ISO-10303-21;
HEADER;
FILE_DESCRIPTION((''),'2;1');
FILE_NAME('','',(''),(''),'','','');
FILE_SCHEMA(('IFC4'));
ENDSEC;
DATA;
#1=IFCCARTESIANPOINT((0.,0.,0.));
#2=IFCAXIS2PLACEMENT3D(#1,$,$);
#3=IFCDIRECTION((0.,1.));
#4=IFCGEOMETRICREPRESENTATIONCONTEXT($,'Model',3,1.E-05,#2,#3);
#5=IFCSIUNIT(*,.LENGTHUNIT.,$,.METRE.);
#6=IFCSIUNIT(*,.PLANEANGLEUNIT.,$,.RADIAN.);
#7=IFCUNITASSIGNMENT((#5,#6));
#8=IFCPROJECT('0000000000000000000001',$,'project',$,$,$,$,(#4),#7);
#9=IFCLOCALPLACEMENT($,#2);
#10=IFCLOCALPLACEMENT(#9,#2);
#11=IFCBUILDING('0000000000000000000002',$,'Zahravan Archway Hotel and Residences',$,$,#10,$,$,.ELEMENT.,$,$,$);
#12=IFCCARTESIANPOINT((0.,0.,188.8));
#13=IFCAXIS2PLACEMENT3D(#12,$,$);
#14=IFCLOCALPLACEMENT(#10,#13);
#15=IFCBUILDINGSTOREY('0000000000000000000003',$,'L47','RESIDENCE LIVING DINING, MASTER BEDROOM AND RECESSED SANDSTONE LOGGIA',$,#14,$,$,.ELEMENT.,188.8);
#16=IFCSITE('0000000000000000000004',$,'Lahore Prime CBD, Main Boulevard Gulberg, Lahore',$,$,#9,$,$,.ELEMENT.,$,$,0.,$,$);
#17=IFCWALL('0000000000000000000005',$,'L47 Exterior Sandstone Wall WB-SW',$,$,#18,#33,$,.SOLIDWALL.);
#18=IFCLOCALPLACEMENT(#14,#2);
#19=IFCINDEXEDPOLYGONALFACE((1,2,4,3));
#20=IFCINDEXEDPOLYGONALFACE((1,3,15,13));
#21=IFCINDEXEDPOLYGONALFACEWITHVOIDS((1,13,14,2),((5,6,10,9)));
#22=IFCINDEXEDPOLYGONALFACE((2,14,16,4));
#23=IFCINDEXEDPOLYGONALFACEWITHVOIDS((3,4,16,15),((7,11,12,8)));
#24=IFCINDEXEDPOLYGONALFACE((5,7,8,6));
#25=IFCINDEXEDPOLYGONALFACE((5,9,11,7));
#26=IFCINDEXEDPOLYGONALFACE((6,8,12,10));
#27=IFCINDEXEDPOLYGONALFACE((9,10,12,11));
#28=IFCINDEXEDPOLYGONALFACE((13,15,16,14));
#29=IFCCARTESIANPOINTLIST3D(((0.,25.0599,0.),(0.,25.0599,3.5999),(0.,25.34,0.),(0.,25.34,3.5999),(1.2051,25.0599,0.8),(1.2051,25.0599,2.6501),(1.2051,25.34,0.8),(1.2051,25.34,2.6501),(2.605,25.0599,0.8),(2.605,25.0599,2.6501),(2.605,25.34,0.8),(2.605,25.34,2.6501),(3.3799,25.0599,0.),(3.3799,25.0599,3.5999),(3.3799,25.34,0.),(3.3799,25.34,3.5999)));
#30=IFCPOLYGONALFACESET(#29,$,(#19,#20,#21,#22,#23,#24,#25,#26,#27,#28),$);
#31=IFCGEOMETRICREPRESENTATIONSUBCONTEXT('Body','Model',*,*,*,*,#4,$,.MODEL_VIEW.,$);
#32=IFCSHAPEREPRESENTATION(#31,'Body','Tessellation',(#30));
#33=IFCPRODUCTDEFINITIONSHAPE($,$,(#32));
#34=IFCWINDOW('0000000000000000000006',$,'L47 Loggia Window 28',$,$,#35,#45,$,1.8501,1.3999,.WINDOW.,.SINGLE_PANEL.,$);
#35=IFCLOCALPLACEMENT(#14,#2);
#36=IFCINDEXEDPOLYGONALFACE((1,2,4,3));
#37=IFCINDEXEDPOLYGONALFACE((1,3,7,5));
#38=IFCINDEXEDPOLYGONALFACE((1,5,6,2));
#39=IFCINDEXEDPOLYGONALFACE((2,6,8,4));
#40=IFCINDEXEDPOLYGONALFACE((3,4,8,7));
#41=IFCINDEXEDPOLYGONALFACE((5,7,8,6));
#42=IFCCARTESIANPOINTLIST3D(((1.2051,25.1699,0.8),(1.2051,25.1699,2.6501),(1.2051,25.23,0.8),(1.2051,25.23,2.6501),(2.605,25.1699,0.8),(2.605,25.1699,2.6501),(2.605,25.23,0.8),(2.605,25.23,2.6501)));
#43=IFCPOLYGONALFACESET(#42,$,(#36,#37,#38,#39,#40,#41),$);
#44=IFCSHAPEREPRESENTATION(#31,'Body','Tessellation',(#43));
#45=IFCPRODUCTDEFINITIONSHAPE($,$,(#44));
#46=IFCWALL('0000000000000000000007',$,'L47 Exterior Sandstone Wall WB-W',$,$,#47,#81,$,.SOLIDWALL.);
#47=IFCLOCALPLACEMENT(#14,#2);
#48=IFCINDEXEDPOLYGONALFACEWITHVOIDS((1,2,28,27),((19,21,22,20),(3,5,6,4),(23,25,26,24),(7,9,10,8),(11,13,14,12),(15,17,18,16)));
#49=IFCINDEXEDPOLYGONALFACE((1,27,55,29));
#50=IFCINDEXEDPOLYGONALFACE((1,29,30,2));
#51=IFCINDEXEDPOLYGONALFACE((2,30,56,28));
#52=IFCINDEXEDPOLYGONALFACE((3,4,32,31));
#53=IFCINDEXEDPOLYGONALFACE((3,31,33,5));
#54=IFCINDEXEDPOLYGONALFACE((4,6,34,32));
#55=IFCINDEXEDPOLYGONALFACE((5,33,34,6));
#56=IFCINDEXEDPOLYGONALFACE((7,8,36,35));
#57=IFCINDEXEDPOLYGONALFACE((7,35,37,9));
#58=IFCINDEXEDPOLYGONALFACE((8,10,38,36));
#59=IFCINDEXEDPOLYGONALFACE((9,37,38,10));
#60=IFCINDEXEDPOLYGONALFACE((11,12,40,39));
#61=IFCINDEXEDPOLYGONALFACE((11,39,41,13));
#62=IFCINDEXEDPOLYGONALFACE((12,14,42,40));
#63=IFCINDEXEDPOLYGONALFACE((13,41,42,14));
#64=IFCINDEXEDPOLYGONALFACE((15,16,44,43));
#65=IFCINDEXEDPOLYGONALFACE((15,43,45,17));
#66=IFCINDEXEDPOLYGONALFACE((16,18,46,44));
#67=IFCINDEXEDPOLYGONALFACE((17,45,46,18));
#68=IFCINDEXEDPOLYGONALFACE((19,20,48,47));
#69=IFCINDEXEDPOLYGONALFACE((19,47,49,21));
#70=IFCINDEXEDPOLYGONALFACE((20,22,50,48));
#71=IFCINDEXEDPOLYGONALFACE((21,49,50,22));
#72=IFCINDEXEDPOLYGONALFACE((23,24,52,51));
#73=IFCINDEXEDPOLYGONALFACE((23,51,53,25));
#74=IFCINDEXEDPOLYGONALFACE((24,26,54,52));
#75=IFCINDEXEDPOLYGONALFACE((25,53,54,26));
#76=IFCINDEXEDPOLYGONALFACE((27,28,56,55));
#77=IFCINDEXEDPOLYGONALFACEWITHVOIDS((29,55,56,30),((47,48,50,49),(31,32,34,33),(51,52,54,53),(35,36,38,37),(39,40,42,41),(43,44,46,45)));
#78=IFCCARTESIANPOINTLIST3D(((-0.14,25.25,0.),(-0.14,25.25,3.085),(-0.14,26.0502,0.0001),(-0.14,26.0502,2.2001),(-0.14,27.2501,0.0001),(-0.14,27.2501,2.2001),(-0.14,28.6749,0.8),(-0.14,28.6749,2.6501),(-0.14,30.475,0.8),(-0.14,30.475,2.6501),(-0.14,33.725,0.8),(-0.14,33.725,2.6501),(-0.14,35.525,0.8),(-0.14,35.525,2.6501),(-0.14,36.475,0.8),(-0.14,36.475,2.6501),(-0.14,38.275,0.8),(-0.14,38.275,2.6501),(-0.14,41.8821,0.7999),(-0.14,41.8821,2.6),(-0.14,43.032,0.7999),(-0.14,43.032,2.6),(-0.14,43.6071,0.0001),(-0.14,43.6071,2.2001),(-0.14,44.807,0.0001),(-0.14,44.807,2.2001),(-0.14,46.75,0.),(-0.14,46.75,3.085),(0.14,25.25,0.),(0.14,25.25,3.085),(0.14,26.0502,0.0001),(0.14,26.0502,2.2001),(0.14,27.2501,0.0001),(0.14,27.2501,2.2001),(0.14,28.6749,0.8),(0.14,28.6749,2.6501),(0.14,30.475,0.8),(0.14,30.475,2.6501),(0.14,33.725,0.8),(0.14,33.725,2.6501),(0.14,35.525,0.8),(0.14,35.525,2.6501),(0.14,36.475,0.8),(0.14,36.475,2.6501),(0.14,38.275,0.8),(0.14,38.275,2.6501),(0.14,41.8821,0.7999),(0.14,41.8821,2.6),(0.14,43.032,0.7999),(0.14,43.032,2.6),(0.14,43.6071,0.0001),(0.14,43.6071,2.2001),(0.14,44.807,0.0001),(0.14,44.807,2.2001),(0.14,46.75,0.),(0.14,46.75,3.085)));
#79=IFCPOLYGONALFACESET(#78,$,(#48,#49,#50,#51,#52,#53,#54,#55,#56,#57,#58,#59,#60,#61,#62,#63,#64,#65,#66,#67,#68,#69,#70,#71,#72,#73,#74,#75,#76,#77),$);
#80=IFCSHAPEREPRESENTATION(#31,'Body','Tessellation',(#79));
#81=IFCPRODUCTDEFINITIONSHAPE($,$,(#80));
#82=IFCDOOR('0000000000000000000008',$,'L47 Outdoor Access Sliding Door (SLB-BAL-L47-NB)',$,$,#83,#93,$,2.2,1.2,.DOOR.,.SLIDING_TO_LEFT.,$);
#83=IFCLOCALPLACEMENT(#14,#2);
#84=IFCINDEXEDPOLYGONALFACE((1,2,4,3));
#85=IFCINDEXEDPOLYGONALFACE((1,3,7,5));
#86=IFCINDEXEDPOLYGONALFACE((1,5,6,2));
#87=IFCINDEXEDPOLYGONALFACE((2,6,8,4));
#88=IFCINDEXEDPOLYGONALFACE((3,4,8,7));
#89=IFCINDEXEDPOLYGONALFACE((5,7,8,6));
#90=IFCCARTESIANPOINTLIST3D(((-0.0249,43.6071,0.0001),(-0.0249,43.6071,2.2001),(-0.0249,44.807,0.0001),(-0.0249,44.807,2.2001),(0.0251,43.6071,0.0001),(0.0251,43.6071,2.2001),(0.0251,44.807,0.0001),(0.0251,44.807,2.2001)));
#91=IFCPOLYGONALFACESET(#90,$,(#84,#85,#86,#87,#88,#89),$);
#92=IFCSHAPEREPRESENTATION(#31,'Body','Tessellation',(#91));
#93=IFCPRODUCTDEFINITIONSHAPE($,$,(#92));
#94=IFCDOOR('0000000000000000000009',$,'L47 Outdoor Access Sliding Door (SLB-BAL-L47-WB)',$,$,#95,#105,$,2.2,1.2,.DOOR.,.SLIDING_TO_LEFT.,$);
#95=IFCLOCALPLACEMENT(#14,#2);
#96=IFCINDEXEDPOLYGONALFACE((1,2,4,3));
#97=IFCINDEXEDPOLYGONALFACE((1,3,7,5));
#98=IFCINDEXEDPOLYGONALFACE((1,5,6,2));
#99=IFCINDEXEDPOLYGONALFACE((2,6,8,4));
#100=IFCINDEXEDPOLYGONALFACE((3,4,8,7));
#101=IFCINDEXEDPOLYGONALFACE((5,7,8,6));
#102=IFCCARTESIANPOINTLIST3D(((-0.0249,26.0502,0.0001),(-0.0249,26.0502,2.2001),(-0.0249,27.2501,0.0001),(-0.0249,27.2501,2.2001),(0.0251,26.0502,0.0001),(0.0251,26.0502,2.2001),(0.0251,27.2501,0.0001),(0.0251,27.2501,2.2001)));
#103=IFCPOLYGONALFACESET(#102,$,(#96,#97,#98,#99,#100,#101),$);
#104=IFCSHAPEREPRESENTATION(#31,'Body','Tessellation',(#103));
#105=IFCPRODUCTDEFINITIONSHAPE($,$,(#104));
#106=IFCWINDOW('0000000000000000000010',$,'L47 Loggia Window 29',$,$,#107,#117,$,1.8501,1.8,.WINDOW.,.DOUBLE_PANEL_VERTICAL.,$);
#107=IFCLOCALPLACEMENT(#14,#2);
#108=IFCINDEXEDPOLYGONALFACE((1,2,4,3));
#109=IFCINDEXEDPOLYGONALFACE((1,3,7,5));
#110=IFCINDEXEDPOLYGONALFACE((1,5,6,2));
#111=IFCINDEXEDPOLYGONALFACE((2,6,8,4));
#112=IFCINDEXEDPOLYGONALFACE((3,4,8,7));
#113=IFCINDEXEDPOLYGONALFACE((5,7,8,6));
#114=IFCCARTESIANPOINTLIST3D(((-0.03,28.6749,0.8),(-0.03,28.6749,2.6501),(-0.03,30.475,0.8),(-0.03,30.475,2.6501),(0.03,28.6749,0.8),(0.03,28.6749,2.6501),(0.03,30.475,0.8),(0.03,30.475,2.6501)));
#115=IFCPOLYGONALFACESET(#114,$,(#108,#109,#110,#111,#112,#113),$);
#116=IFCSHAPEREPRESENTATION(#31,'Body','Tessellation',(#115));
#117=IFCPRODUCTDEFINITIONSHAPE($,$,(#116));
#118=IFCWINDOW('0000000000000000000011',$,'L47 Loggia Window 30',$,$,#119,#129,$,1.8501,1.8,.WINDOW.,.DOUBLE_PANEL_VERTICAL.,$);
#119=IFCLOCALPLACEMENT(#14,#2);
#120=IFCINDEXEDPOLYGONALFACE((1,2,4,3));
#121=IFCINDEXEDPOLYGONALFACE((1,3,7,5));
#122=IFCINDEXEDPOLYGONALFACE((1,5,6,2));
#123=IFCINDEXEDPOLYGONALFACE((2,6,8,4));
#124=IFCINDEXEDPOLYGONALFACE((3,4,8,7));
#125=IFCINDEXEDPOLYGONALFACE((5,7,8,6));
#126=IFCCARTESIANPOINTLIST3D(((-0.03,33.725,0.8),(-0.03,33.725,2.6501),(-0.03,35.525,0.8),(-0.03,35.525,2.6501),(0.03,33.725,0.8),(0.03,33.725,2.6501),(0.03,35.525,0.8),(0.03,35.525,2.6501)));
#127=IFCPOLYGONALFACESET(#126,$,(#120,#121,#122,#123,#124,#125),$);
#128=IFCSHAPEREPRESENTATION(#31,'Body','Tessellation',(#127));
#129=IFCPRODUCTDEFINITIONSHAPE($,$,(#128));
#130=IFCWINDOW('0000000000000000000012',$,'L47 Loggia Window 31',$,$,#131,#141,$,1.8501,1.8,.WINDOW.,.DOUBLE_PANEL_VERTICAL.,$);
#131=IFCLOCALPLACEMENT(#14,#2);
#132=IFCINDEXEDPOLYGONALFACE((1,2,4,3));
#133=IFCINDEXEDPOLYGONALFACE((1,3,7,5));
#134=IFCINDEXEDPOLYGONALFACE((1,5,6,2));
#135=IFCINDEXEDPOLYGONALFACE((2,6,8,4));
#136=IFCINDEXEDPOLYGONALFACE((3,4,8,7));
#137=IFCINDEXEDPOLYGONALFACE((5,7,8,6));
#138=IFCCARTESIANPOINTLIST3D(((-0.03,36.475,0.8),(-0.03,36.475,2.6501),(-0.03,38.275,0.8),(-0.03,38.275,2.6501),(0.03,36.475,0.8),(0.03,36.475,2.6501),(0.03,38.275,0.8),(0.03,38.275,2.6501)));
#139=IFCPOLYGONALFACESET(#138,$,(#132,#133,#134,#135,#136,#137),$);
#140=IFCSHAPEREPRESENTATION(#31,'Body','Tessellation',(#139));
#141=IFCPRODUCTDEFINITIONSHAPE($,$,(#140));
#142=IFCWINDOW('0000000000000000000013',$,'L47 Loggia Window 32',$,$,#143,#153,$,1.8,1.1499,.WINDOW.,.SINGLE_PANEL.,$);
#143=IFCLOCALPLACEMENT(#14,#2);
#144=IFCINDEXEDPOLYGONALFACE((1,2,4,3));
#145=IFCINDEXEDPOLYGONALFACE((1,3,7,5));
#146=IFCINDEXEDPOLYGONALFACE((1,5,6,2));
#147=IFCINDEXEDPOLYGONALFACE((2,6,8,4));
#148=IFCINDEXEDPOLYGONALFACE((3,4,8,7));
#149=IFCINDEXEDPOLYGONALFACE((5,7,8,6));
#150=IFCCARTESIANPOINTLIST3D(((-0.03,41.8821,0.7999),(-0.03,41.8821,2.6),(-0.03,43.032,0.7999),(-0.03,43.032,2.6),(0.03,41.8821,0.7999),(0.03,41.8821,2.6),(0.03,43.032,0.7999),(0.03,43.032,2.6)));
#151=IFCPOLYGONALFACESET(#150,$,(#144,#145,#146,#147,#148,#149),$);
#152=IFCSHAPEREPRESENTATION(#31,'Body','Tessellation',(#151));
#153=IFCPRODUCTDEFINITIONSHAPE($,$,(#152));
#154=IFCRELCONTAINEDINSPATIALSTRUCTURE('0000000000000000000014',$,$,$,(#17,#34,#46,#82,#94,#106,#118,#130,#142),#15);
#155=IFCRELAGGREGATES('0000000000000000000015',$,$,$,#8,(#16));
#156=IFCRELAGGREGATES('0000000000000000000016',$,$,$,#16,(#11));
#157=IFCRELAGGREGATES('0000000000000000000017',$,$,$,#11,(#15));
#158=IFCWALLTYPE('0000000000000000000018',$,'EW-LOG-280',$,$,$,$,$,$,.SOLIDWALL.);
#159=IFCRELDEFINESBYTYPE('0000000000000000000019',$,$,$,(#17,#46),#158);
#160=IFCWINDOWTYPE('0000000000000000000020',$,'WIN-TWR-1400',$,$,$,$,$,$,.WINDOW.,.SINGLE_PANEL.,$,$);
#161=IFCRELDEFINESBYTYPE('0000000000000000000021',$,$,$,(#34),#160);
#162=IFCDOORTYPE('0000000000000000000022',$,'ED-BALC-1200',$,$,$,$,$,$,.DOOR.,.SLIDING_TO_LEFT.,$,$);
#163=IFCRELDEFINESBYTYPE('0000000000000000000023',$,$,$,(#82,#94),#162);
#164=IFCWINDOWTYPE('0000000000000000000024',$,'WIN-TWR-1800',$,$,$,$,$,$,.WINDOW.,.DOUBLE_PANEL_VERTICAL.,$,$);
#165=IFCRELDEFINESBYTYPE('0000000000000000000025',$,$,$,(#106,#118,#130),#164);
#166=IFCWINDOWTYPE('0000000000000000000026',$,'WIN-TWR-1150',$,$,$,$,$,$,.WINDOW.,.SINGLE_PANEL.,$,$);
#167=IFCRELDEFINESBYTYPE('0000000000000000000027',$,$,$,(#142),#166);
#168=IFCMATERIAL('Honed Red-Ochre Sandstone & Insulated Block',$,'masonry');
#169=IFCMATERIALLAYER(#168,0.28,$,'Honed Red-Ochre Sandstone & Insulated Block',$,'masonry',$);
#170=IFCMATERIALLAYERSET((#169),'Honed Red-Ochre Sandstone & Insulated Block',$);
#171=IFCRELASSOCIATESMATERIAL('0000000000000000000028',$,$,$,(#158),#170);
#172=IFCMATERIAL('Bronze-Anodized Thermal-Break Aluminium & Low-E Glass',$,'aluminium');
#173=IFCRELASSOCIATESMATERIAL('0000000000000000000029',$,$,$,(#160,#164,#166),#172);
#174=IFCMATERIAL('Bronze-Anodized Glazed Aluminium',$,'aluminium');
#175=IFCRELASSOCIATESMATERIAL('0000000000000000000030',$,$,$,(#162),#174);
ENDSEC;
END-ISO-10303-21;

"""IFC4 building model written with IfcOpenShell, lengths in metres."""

from ifc_helpers import new_model, si_unit, direction, frame, frame_2d, origin, place, context, subcontext, project, spatial, rectangle, extrude, source, transform, mapped, material, layer, layer_set, type_object, type_shapes, element, fill, save


model = new_model("IFC4")

# Units and contexts
model_context = context("Model", 3, precision=1e-05, world=origin(), true_north=direction((0.0, 1.0)))
body_context = subcontext(model_context, "Body", "Model", "MODEL_VIEW")
ifc_project = project(units=[si_unit("LENGTHUNIT", "METRE"), si_unit("PLANEANGLEUNIT", "RADIAN")], contexts=[model_context])

# Site, building, storey
site_placement = place(None, origin())
site = spatial("IfcSite", under=ifc_project, at=site_placement, Name="Lahore Prime CBD, Main Boulevard Gulberg, Lahore", CompositionType="ELEMENT", RefElevation=0.0)
building_placement = place(site_placement, origin())
building = spatial("IfcBuilding", under=site, at=building_placement, Name="Zahravan Archway Hotel and Residences", CompositionType="ELEMENT")
storey_placement = place(building_placement, frame((0.0, 0.0, 188.8)))
storey = spatial("IfcBuildingStorey", under=building, at=storey_placement, Name="L47", Description="RESIDENCE LIVING DINING, MASTER BEDROOM AND RECESSED SANDSTONE LOGGIA", CompositionType="ELEMENT", Elevation=188.8)

# Wall, opening, window
ifc_material_1 = material(Name="Honed Red-Ochre Sandstone & Insulated Block", Category="masonry")
ifc_layer_1 = layer(ifc_material_1, 0.28, Name="Honed Red-Ochre Sandstone & Insulated Block", Category="masonry")
ifc_layer_set_1 = layer_set([ifc_layer_1], Name="Honed Red-Ochre Sandstone & Insulated Block")
wall_type_1 = type_object("IfcWallType", Name="EW-LOG-280", PredefinedType="SOLIDWALL", material=ifc_layer_set_1)
wall_1_placement = place(storey_placement, frame((0.0, 25.2, 0.0), z_axis=(0.0, 0.0, 1.0), x_axis=(1.0, 0.0, 0.0)))
wall_1 = element("IfcWall", 1, at=wall_1_placement, inside=storey, type_object=wall_type_1, Name="L47 Exterior Sandstone Wall WB-SW", PredefinedType="SOLIDWALL", context=body_context, shape_type="SweptSolid", body=[
    extrude(rectangle(XDim=3.3799, YDim=0.28, at=frame_2d((1.6899, 0.0))), origin(), (0.0, 0.0, 1.0), 3.5999),
])
opening_1_placement = place(wall_1_placement, frame((1.2051, 0.0, 0.8)))
opening_1 = element("IfcOpeningElement", 2, at=opening_1_placement, cuts=wall_1, PredefinedType="OPENING", context=body_context, shape_type="SweptSolid", body=[
    extrude(rectangle(XDim=1.3999, YDim=1.8501, at=frame_2d((0.7, 0.925))), frame((0.0, 0.1499, 0.0), z_axis=(0.0, -1.0, 0.0), x_axis=(1.0, 0.0, 0.0)), (0.0, 0.0, 1.0), 0.3),
])
ifc_material_2 = material(Name="Bronze-Anodized Thermal-Break Aluminium & Low-E Glass", Category="aluminium")
window_type_1 = type_object("IfcWindowType", Name="WIN-TWR-1400", PartitioningType="SINGLE_PANEL", PredefinedType="WINDOW", material=ifc_material_2)
shared_shape_1 = source(origin(), body_context, "Body", "SweptSolid", [
    extrude(rectangle(XDim=1.3999, YDim=1.8501, at=frame_2d((0.7, 0.925))), frame((0.0, 0.03, 0.0), z_axis=(0.0, -1.0, 0.0), x_axis=(1.0, 0.0, 0.0)), (0.0, 0.0, 1.0), 0.0601),
])
type_shapes(window_type_1, [shared_shape_1])
window_1_placement = place(opening_1_placement, origin())
window_1 = element("IfcWindow", 3, at=window_1_placement, inside=storey, type_object=window_type_1, Name="L47 Loggia Window 28", OverallHeight=1.8501, OverallWidth=1.3999, PartitioningType="SINGLE_PANEL", PredefinedType="WINDOW", context=body_context, shape_type="MappedRepresentation", body=[
    mapped(shared_shape_1, transform((0.0, 0.0, 0.0), scale=1.0)),
])
fill(opening_1, window_1)

# Wall, openings, doors, windows
wall_2_placement = place(storey_placement, frame((0.0, 25.25, 0.0), z_axis=(0.0, 0.0, 1.0), x_axis=(0.0, 1.0, 0.0)))
wall_2 = element("IfcWall", 4, at=wall_2_placement, inside=storey, type_object=wall_type_1, Name="L47 Exterior Sandstone Wall WB-W", PredefinedType="SOLIDWALL", context=body_context, shape_type="SweptSolid", body=[
    extrude(rectangle(XDim=21.5, YDim=0.28, at=frame_2d((10.75, 0.0))), origin(), (0.0, 0.0, 1.0), 3.085),
])
opening_2_placement = place(wall_2_placement, frame((18.3569, 0.0, 0.0)))
opening_2 = element("IfcOpeningElement", 5, at=opening_2_placement, cuts=wall_2, PredefinedType="OPENING", context=body_context, shape_type="SweptSolid", body=[
    extrude(rectangle(XDim=1.2, YDim=2.2, at=frame_2d((0.6001, 1.1001))), frame((0.0, 0.1499, 0.0), z_axis=(0.0, -1.0, 0.0), x_axis=(1.0, 0.0, 0.0)), (0.0, 0.0, 1.0), 0.3),
])
opening_3_placement = place(wall_2_placement, frame((0.8, 0.0, 0.0)))
opening_3 = element("IfcOpeningElement", 6, at=opening_3_placement, cuts=wall_2, PredefinedType="OPENING", context=body_context, shape_type="SweptSolid", body=[
    extrude(rectangle(XDim=1.2, YDim=2.2, at=frame_2d((0.6001, 1.1001))), frame((0.0, 0.1499, 0.0), z_axis=(0.0, -1.0, 0.0), x_axis=(1.0, 0.0, 0.0)), (0.0, 0.0, 1.0), 0.3),
])
opening_4_placement = place(wall_2_placement, frame((3.425, 0.0, 0.8)))
opening_4 = element("IfcOpeningElement", 7, at=opening_4_placement, cuts=wall_2, PredefinedType="OPENING", context=body_context, shape_type="SweptSolid", body=[
    extrude(rectangle(XDim=1.8, YDim=1.8501, at=frame_2d((0.8999, 0.925))), frame((0.0, 0.1499, 0.0), z_axis=(0.0, -1.0, 0.0), x_axis=(1.0, 0.0, 0.0)), (0.0, 0.0, 1.0), 0.3),
])
opening_5_placement = place(wall_2_placement, frame((8.4751, 0.0, 0.8)))
opening_5 = element("IfcOpeningElement", 8, at=opening_5_placement, cuts=wall_2, PredefinedType="OPENING", context=body_context, shape_type="SweptSolid", body=[
    extrude(rectangle(XDim=1.8, YDim=1.8501, at=frame_2d((0.8999, 0.925))), frame((0.0, 0.1499, 0.0), z_axis=(0.0, -1.0, 0.0), x_axis=(1.0, 0.0, 0.0)), (0.0, 0.0, 1.0), 0.3),
])
opening_6_placement = place(wall_2_placement, frame((11.2251, 0.0, 0.8)))
opening_6 = element("IfcOpeningElement", 9, at=opening_6_placement, cuts=wall_2, PredefinedType="OPENING", context=body_context, shape_type="SweptSolid", body=[
    extrude(rectangle(XDim=1.8, YDim=1.8501, at=frame_2d((0.8999, 0.925))), frame((0.0, 0.1499, 0.0), z_axis=(0.0, -1.0, 0.0), x_axis=(1.0, 0.0, 0.0)), (0.0, 0.0, 1.0), 0.3),
])
opening_7_placement = place(wall_2_placement, frame((16.6321, 0.0, 0.8)))
opening_7 = element("IfcOpeningElement", 10, at=opening_7_placement, cuts=wall_2, PredefinedType="OPENING", context=body_context, shape_type="SweptSolid", body=[
    extrude(rectangle(XDim=1.1499, YDim=1.8, at=frame_2d((0.575, 0.8999))), frame((0.0, 0.1499, 0.0), z_axis=(0.0, -1.0, 0.0), x_axis=(1.0, 0.0, 0.0)), (0.0, 0.0, 1.0), 0.3),
])
ifc_material_3 = material(Name="Bronze-Anodized Glazed Aluminium", Category="aluminium")
door_type = type_object("IfcDoorType", Name="ED-BALC-1200", OperationType="SLIDING_TO_LEFT", PredefinedType="DOOR", material=ifc_material_3)
shared_shape_2 = source(origin(), body_context, "Body", "SweptSolid", [
    extrude(rectangle(XDim=1.2, YDim=2.2, at=frame_2d((0.6001, 1.1001))), frame((0.0, 0.0249, 0.0), z_axis=(0.0, -1.0, 0.0), x_axis=(1.0, 0.0, 0.0)), (0.0, 0.0, 1.0), 0.05),
])
type_shapes(door_type, [shared_shape_2])
door_1_placement = place(opening_2_placement, origin())
door_1 = element("IfcDoor", 11, at=door_1_placement, inside=storey, type_object=door_type, Name="L47 Outdoor Access Sliding Door (SLB-BAL-L47-NB)", OperationType="SLIDING_TO_LEFT", OverallHeight=2.2, OverallWidth=1.2, PredefinedType="DOOR", context=body_context, shape_type="MappedRepresentation", body=[
    mapped(shared_shape_2, transform((0.0, 0.0, 0.0), scale=1.0)),
])
fill(opening_2, door_1)
door_2_placement = place(opening_3_placement, origin())
door_2 = element("IfcDoor", 12, at=door_2_placement, inside=storey, type_object=door_type, Name="L47 Outdoor Access Sliding Door (SLB-BAL-L47-WB)", OperationType="SLIDING_TO_LEFT", OverallHeight=2.2, OverallWidth=1.2, PredefinedType="DOOR", context=body_context, shape_type="MappedRepresentation", body=[
    mapped(shared_shape_2, transform((0.0, 0.0, 0.0), scale=1.0)),
])
fill(opening_3, door_2)
window_type_2 = type_object("IfcWindowType", Name="WIN-TWR-1800", PartitioningType="DOUBLE_PANEL_VERTICAL", PredefinedType="WINDOW", material=ifc_material_2)
shared_shape_3 = source(origin(), body_context, "Body", "SweptSolid", [
    extrude(rectangle(XDim=1.8, YDim=1.8501, at=frame_2d((0.8999, 0.925))), frame((0.0, 0.03, 0.0), z_axis=(0.0, -1.0, 0.0), x_axis=(1.0, 0.0, 0.0)), (0.0, 0.0, 1.0), 0.0601),
])
type_shapes(window_type_2, [shared_shape_3])
window_2_placement = place(opening_4_placement, origin())
window_2 = element("IfcWindow", 13, at=window_2_placement, inside=storey, type_object=window_type_2, Name="L47 Loggia Window 29", OverallHeight=1.8501, OverallWidth=1.8, PartitioningType="DOUBLE_PANEL_VERTICAL", PredefinedType="WINDOW", context=body_context, shape_type="MappedRepresentation", body=[
    mapped(shared_shape_3, transform((0.0, 0.0, 0.0), scale=1.0)),
])
fill(opening_4, window_2)
window_3_placement = place(opening_5_placement, origin())
window_3 = element("IfcWindow", 14, at=window_3_placement, inside=storey, type_object=window_type_2, Name="L47 Loggia Window 30", OverallHeight=1.8501, OverallWidth=1.8, PartitioningType="DOUBLE_PANEL_VERTICAL", PredefinedType="WINDOW", context=body_context, shape_type="MappedRepresentation", body=[
    mapped(shared_shape_3, transform((0.0, 0.0, 0.0), scale=1.0)),
])
fill(opening_5, window_3)
window_4_placement = place(opening_6_placement, origin())
window_4 = element("IfcWindow", 15, at=window_4_placement, inside=storey, type_object=window_type_2, Name="L47 Loggia Window 31", OverallHeight=1.8501, OverallWidth=1.8, PartitioningType="DOUBLE_PANEL_VERTICAL", PredefinedType="WINDOW", context=body_context, shape_type="MappedRepresentation", body=[
    mapped(shared_shape_3, transform((0.0, 0.0, 0.0), scale=1.0)),
])
fill(opening_6, window_4)
window_type_3 = type_object("IfcWindowType", Name="WIN-TWR-1150", PartitioningType="SINGLE_PANEL", PredefinedType="WINDOW", material=ifc_material_2)
shared_shape_4 = source(origin(), body_context, "Body", "SweptSolid", [
    extrude(rectangle(XDim=1.1499, YDim=1.8, at=frame_2d((0.575, 0.8999))), frame((0.0, 0.03, 0.0), z_axis=(0.0, -1.0, 0.0), x_axis=(1.0, 0.0, 0.0)), (0.0, 0.0, 1.0), 0.0601),
])
type_shapes(window_type_3, [shared_shape_4])
window_5_placement = place(opening_7_placement, origin())
window_5 = element("IfcWindow", 16, at=window_5_placement, inside=storey, type_object=window_type_3, Name="L47 Loggia Window 32", OverallHeight=1.8, OverallWidth=1.1499, PartitioningType="SINGLE_PANEL", PredefinedType="WINDOW", context=body_context, shape_type="MappedRepresentation", body=[
    mapped(shared_shape_4, transform((0.0, 0.0, 0.0), scale=1.0)),
])
fill(opening_7, window_5)

save(model, "model.ifc")
